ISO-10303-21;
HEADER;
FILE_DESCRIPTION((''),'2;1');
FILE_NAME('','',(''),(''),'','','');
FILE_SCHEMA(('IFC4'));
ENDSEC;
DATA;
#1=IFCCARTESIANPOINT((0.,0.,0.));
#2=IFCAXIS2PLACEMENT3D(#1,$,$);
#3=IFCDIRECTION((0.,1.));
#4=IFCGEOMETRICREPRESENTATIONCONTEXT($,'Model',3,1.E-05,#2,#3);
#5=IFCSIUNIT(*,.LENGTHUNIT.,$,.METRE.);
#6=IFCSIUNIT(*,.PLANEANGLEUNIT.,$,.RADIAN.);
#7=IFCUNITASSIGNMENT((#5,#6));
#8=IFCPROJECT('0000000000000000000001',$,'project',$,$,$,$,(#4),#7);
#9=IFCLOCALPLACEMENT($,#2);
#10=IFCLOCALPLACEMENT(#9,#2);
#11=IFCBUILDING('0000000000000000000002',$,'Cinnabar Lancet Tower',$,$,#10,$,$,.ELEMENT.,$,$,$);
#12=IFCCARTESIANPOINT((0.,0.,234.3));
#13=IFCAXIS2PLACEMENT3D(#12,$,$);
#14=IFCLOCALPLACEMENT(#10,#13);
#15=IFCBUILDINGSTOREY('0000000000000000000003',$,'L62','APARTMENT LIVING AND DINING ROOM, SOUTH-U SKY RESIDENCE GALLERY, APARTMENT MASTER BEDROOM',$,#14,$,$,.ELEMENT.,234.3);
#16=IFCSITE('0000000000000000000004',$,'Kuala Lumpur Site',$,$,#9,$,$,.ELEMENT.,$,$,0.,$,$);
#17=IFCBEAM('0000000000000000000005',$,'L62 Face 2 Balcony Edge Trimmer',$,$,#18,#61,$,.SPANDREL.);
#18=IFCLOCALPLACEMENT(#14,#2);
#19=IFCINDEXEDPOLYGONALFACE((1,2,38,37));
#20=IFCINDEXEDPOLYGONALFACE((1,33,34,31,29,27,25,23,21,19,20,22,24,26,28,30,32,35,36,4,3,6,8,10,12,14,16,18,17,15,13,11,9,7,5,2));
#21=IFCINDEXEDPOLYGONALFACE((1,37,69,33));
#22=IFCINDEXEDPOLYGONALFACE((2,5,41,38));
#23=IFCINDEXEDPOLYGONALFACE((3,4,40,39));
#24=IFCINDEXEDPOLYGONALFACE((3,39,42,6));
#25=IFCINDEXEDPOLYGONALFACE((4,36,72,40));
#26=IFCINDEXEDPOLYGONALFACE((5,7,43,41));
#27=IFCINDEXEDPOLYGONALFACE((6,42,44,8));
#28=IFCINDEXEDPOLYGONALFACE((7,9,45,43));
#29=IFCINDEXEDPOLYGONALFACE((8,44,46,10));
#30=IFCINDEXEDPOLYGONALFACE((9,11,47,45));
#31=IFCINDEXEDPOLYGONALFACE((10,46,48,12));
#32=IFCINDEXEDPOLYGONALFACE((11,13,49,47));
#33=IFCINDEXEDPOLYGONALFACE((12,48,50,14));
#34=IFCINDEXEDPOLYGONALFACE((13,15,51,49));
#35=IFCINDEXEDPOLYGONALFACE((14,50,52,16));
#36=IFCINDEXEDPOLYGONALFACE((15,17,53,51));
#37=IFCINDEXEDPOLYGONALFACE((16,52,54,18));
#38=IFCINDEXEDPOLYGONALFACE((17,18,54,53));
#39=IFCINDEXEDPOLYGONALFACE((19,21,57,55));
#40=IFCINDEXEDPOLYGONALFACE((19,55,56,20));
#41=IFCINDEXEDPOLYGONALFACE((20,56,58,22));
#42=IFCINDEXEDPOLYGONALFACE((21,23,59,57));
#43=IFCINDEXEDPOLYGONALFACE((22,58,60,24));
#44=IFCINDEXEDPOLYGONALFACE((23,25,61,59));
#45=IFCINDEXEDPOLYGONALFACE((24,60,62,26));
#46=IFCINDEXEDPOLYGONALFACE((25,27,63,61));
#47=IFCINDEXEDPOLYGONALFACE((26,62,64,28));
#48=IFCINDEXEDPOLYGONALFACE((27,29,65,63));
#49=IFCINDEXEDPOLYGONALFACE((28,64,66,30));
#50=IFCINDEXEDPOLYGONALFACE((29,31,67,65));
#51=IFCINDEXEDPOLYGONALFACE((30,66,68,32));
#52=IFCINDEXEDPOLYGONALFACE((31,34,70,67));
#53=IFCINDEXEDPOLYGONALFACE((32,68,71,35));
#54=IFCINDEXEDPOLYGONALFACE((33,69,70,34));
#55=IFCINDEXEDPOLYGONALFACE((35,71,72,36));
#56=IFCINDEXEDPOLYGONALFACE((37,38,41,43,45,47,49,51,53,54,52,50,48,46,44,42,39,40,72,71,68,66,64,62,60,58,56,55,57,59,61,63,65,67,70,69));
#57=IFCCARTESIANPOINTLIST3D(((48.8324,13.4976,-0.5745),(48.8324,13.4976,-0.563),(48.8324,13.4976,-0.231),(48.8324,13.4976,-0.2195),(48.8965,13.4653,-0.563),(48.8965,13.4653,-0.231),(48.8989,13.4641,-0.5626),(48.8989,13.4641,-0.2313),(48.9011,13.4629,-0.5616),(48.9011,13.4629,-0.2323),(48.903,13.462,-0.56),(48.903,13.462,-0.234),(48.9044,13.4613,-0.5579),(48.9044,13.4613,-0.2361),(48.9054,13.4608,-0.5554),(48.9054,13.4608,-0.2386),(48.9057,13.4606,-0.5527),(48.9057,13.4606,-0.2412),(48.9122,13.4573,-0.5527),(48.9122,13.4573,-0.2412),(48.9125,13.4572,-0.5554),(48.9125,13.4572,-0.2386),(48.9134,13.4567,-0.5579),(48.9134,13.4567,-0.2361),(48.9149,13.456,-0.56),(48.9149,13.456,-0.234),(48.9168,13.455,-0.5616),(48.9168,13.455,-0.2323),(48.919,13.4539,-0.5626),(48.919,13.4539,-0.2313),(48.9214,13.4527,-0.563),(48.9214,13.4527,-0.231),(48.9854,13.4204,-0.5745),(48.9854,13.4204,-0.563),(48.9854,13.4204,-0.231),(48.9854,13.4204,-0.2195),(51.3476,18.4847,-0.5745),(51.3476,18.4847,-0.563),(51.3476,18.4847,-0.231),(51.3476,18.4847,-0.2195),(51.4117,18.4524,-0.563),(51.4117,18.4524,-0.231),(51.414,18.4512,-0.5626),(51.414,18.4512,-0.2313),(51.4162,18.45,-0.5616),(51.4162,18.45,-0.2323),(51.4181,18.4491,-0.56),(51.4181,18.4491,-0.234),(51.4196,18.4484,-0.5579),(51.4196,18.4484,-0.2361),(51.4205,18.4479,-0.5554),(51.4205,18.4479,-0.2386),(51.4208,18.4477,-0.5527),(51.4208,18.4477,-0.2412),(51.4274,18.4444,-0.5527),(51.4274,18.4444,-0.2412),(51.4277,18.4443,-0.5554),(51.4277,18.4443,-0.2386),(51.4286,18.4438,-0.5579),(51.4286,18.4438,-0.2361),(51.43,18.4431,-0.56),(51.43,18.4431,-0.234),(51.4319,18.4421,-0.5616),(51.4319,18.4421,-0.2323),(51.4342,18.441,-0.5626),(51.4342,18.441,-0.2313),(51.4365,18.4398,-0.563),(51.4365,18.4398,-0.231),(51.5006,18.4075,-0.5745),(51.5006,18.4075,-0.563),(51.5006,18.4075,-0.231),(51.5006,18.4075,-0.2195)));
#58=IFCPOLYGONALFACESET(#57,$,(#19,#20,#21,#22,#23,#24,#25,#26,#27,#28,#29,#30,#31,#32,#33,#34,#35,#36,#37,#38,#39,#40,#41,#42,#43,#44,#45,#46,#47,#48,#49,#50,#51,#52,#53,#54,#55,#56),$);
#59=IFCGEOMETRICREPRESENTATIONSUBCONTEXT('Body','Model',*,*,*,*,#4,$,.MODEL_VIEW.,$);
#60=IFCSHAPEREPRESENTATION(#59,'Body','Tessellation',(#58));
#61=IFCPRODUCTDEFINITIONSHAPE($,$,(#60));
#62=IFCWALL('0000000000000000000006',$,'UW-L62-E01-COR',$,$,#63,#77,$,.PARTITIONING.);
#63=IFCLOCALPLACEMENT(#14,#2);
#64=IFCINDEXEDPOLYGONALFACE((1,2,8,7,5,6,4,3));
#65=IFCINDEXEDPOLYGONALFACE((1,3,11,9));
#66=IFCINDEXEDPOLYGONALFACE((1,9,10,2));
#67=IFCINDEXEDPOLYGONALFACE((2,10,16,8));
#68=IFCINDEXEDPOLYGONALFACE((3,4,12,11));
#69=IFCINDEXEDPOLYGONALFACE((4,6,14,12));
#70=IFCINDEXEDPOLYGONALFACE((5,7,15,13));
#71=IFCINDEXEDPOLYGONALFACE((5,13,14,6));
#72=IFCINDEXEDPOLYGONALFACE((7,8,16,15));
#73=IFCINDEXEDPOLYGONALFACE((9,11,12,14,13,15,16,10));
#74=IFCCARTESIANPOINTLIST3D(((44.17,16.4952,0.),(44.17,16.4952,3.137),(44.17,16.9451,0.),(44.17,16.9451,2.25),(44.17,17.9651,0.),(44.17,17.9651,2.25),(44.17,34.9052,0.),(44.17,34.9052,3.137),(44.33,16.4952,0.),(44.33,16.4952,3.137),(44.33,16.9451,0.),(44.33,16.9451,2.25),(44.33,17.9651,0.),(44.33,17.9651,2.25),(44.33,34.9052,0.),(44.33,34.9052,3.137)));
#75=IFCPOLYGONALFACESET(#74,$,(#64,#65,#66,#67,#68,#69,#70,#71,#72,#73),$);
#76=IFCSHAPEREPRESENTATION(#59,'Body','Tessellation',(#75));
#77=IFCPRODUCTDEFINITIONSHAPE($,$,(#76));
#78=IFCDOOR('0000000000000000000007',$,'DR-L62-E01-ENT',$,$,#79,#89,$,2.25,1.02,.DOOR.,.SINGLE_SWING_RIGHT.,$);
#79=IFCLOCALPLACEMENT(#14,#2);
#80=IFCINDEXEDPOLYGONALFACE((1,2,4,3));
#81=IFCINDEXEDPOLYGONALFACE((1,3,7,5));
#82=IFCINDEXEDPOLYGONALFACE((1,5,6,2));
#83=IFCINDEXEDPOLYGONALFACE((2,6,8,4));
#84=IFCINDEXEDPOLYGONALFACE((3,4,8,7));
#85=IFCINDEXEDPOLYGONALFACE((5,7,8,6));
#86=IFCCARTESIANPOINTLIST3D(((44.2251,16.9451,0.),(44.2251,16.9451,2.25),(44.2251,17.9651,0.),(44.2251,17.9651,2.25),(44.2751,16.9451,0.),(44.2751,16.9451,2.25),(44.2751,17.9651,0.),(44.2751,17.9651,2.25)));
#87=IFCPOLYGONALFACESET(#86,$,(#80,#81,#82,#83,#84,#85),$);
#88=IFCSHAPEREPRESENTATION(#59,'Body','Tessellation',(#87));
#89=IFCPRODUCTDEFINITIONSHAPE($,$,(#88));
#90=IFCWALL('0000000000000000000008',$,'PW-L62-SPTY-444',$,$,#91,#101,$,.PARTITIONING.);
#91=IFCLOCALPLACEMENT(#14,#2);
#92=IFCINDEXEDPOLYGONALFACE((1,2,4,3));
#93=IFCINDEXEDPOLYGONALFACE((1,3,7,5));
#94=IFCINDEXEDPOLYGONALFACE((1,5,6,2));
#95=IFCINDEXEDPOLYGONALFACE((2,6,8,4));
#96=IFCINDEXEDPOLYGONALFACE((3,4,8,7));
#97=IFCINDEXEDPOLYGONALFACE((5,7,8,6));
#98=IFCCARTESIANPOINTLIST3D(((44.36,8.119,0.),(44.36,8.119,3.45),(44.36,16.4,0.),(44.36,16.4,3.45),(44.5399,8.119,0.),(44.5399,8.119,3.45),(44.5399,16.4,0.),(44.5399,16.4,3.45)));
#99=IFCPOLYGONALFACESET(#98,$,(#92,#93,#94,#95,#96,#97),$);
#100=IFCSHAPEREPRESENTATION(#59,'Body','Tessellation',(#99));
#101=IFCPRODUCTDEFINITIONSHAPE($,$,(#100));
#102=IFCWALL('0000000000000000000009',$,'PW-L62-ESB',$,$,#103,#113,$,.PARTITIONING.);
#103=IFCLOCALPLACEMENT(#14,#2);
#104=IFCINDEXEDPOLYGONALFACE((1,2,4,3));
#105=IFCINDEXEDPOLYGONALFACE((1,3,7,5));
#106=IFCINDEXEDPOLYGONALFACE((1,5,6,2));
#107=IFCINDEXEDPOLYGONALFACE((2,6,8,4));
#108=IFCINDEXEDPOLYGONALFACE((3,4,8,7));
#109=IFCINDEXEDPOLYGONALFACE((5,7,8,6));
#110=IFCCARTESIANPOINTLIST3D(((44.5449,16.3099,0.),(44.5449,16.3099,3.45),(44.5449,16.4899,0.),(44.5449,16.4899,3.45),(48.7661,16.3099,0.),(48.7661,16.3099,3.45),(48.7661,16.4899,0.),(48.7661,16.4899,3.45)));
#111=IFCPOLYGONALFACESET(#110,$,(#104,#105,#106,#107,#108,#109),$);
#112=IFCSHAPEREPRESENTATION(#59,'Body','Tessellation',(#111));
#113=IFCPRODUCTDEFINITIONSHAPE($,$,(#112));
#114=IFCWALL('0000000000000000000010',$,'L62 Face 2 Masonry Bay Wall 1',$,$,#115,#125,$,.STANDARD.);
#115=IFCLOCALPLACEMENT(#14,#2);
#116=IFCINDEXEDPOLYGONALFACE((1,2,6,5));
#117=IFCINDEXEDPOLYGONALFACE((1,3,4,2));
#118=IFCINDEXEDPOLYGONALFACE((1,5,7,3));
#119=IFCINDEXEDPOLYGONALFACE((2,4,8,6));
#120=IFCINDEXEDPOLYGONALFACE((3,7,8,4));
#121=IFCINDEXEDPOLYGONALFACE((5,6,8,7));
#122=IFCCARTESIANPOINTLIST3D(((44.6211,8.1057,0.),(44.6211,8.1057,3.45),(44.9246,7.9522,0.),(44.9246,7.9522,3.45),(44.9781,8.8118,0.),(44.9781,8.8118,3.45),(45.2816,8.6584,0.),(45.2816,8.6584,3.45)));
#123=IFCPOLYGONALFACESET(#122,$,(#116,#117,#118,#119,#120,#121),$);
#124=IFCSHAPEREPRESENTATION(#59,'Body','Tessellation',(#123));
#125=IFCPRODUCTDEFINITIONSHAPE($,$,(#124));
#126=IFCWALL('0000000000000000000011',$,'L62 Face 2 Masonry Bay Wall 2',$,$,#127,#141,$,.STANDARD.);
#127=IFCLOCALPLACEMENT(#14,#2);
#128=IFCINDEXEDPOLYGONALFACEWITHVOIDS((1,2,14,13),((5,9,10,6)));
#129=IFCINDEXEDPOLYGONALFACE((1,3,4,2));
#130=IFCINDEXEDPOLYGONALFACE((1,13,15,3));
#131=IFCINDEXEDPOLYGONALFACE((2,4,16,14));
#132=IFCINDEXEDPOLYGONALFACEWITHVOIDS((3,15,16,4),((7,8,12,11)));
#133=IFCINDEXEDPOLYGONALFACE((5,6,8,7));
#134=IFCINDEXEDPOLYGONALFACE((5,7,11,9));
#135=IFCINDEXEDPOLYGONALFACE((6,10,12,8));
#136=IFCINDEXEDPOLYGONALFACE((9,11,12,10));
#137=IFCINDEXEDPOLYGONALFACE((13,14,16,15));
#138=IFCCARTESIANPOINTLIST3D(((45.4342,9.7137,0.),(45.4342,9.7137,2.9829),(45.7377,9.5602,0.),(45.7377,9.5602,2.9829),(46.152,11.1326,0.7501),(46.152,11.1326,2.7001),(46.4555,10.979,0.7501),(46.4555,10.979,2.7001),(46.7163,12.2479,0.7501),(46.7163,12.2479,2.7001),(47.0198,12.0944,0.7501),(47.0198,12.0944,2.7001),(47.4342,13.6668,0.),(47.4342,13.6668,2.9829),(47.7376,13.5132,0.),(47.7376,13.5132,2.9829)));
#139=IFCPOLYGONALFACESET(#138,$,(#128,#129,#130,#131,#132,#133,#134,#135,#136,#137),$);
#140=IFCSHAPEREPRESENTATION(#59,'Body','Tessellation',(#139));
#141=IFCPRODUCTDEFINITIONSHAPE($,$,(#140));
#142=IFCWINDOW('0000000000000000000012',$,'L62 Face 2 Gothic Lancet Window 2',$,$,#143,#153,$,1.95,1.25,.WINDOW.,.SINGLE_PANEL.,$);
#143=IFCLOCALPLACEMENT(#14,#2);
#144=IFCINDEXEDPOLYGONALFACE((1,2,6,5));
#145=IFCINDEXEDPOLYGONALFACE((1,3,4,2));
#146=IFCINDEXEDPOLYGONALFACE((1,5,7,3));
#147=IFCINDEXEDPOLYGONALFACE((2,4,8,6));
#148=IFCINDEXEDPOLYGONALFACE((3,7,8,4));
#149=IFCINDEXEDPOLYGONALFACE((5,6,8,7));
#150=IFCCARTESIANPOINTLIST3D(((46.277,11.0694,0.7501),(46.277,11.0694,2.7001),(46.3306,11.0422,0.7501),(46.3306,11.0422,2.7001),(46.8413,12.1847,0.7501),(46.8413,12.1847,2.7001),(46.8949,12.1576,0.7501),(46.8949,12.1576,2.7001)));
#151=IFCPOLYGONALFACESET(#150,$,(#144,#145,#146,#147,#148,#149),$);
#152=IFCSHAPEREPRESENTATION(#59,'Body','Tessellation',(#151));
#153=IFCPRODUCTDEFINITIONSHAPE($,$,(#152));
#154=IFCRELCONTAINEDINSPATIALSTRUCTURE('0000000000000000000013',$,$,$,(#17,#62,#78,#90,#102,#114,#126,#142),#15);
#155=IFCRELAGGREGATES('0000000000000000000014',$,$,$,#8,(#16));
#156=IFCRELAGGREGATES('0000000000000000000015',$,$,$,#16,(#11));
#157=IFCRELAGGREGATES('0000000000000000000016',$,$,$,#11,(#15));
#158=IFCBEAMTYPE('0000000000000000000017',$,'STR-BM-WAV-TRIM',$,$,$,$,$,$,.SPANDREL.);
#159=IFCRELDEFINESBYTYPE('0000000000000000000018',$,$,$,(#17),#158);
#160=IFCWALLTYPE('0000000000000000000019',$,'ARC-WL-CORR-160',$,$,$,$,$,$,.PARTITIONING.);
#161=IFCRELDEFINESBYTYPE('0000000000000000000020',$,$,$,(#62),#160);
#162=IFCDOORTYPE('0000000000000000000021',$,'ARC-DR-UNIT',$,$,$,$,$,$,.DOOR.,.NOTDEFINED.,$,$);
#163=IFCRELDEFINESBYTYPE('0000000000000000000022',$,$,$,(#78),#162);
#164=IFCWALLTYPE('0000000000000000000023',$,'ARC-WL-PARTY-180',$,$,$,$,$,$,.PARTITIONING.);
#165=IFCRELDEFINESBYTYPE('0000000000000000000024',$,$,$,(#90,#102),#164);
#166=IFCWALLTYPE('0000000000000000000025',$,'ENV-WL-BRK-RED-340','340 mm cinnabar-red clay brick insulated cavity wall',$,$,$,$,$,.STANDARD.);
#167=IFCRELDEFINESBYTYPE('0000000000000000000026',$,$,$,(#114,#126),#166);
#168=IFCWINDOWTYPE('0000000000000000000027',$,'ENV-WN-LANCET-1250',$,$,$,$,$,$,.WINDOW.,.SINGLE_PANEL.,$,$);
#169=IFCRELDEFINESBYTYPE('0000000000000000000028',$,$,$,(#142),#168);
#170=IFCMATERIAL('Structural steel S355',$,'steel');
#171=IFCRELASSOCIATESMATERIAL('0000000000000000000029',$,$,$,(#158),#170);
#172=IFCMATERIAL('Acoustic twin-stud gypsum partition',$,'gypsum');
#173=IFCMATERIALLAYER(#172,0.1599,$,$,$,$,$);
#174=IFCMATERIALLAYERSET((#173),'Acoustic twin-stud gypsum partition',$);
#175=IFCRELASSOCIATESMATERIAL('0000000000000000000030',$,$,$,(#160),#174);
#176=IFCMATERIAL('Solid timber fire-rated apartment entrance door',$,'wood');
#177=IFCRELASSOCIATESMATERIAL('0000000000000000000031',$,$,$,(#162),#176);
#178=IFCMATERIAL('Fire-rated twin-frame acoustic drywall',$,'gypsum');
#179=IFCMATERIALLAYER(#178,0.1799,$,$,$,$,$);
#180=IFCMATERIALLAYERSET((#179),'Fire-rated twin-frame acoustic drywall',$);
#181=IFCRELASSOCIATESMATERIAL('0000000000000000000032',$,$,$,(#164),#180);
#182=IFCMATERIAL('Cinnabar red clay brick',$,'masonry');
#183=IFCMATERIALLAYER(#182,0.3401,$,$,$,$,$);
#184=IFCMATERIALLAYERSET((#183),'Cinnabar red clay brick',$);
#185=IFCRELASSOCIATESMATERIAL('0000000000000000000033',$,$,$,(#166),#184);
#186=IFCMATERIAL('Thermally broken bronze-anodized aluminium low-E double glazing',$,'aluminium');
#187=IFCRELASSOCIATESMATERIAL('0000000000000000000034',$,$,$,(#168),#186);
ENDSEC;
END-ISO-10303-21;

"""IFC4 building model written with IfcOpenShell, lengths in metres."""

from ifc_helpers import new_model, si_unit, direction, frame, frame_2d, origin, origin_2d, place, context, subcontext, project, spatial, rectangle, i_section, extrude, material, layer, layer_set, material_profile, profile_set, type_object, element, fill, save


model = new_model("IFC4")

# Units and contexts
model_context = context("Model", 3, precision=1e-05, world=origin(), true_north=direction((0.0, 1.0)))
body_context = subcontext(model_context, "Body", "Model", "MODEL_VIEW")
ifc_project = project(units=[si_unit("LENGTHUNIT", "METRE"), si_unit("PLANEANGLEUNIT", "RADIAN")], contexts=[model_context])

# Site, building, storey
site_placement = place(None, origin())
site = spatial("IfcSite", under=ifc_project, at=site_placement, Name="Kuala Lumpur Site", CompositionType="ELEMENT", RefElevation=0.0)
building_placement = place(site_placement, origin())
building = spatial("IfcBuilding", under=site, at=building_placement, Name="Cinnabar Lancet Tower", CompositionType="ELEMENT")
storey_placement = place(building_placement, frame((0.0, 0.0, 234.3)))
storey = spatial("IfcBuildingStorey", under=building, at=storey_placement, Name="L62", Description="APARTMENT LIVING AND DINING ROOM, SOUTH-U SKY RESIDENCE GALLERY, APARTMENT MASTER BEDROOM", CompositionType="ELEMENT", Elevation=234.3)

# Beam
ifc_material_1 = material(Name="Structural steel S355", Category="steel")
ifc_material_profile_1 = material_profile(ifc_material_1, i_section(OverallWidth=0.1714, OverallDepth=0.355, WebThickness=0.0073, FlangeThickness=0.0115, FilletRadius=0.0103, at=origin_2d()), Name="UKB 356x171x51")
ifc_profile_set_1 = profile_set([ifc_material_profile_1], Name="Structural steel S355")
beam_type_1 = type_object("IfcBeamType", Name="STR-BM-WAV-TRIM", PredefinedType="SPANDREL", material=ifc_profile_set_1)
beam_1_placement = place(storey_placement, frame((48.9089, 13.459, -0.397), z_axis=(0.450306, 0.892874, 0.0), x_axis=(-0.892874, 0.450306, 0.0)))
element("IfcBeam", 1, at=beam_1_placement, inside=storey, type_object=beam_type_1, Name="L62 Face 2 Balcony Edge Trimmer", PredefinedType="SPANDREL", context=body_context, shape_type="SweptSolid", body=[
    extrude(i_section(OverallWidth=0.1714, OverallDepth=0.355, WebThickness=0.0073, FlangeThickness=0.0115, FilletRadius=0.0103, at=origin_2d()), origin(), (0.0, 0.0, 1.0), 5.5854),
])

# Wall, opening, door
ifc_material_2 = material(Name="Acoustic twin-stud gypsum partition", Category="gypsum")
ifc_layer_1 = layer(ifc_material_2, 0.1599)
ifc_layer_set_1 = layer_set([ifc_layer_1], Name="Acoustic twin-stud gypsum partition")
wall_type_1 = type_object("IfcWallType", Name="ARC-WL-CORR-160", PredefinedType="PARTITIONING", material=ifc_layer_set_1)
wall_1_placement = place(storey_placement, frame((44.25, 16.4951, 0.0), z_axis=(0.0, 0.0, 1.0), x_axis=(0.0, 1.0, 0.0)))
wall_1 = element("IfcWall", 2, at=wall_1_placement, inside=storey, type_object=wall_type_1, Name="UW-L62-E01-COR", PredefinedType="PARTITIONING", context=body_context, shape_type="SweptSolid", body=[
    extrude(rectangle(XDim=18.4099, YDim=0.1599, at=frame_2d((9.2051, 0.0))), origin(), (0.0, 0.0, 1.0), 3.137),
])
opening_1_placement = place(wall_1_placement, frame((0.45, 0.0, 0.0)))
opening_1 = element("IfcOpeningElement", 3, at=opening_1_placement, cuts=wall_1, PredefinedType="OPENING", context=body_context, shape_type="SweptSolid", body=[
    extrude(rectangle(XDim=1.02, YDim=2.25, at=frame_2d((0.51, 1.125))), frame((0.0, 0.0898, 0.0), z_axis=(0.0, -1.0, 0.0), x_axis=(1.0, 0.0, 0.0)), (0.0, 0.0, 1.0), 0.1799),
])
ifc_material_3 = material(Name="Solid timber fire-rated apartment entrance door", Category="wood")
door_type_1 = type_object("IfcDoorType", Name="ARC-DR-UNIT", OperationType="NOTDEFINED", PredefinedType="DOOR", material=ifc_material_3)
door_1_placement = place(opening_1_placement, origin())
door_1 = element("IfcDoor", 4, at=door_1_placement, inside=storey, type_object=door_type_1, Name="DR-L62-E01-ENT", OperationType="SINGLE_SWING_RIGHT", OverallHeight=2.25, OverallWidth=1.02, PredefinedType="DOOR", context=body_context, shape_type="SweptSolid", body=[
    extrude(rectangle(XDim=1.02, YDim=2.25, at=frame_2d((0.51, 1.125))), frame((0.0, 0.0249, 0.0), z_axis=(0.0, -1.0, 0.0), x_axis=(1.0, 0.0, 0.0)), (0.0, 0.0, 1.0), 0.05),
])
fill(opening_1, door_1)

# Walls
ifc_material_4 = material(Name="Fire-rated twin-frame acoustic drywall", Category="gypsum")
ifc_layer_2 = layer(ifc_material_4, 0.1799)
ifc_layer_set_2 = layer_set([ifc_layer_2], Name="Fire-rated twin-frame acoustic drywall")
wall_type_2 = type_object("IfcWallType", Name="ARC-WL-PARTY-180", PredefinedType="PARTITIONING", material=ifc_layer_set_2)
wall_2_placement = place(storey_placement, frame((44.45, 8.1189, 0.0), z_axis=(0.0, 0.0, 1.0), x_axis=(0.0, 1.0, 0.0)))
element("IfcWall", 5, at=wall_2_placement, inside=storey, type_object=wall_type_2, Name="PW-L62-SPTY-444", PredefinedType="PARTITIONING", context=body_context, shape_type="SweptSolid", body=[
    extrude(rectangle(XDim=8.281, YDim=0.1799, at=frame_2d((4.1406, 0.0))), origin(), (0.0, 0.0, 1.0), 3.45),
])
wall_3_placement = place(storey_placement, frame((44.5449, 16.3999, 0.0), z_axis=(0.0, 0.0, 1.0), x_axis=(1.0, 0.0, 0.0)))
element("IfcWall", 6, at=wall_3_placement, inside=storey, type_object=wall_type_2, Name="PW-L62-ESB", PredefinedType="PARTITIONING", context=body_context, shape_type="SweptSolid", body=[
    extrude(rectangle(XDim=4.2212, YDim=0.1799, at=frame_2d((2.1106, 0.0))), origin(), (0.0, 0.0, 1.0), 3.45),
])
ifc_material_5 = material(Name="Cinnabar red clay brick", Category="masonry")
ifc_layer_3 = layer(ifc_material_5, 0.3401)
ifc_layer_set_3 = layer_set([ifc_layer_3], Name="Cinnabar red clay brick")
wall_type_3 = type_object("IfcWallType", Name="ENV-WL-BRK-RED-340", Description="340 mm cinnabar-red clay brick insulated cavity wall", PredefinedType="STANDARD", material=ifc_layer_set_3)
wall_4_placement = place(storey_placement, frame((44.7729, 8.0291, 0.0), z_axis=(0.0, 0.0, 1.0), x_axis=(0.451159, 0.892443, 0.0)))
element("IfcWall", 7, at=wall_4_placement, inside=storey, type_object=wall_type_3, Name="L62 Face 2 Masonry Bay Wall 1", PredefinedType="STANDARD", context=body_context, shape_type="SweptSolid", body=[
    extrude(rectangle(XDim=0.7913, YDim=0.3401, at=frame_2d((0.3955, 0.0))), origin(), (0.0, 0.0, 1.0), 3.45),
])

# Wall, opening, window
wall_5_placement = place(storey_placement, frame((45.5859, 9.637, 0.0), z_axis=(0.0, 0.0, 1.0), x_axis=(0.451441, 0.892301, 0.0)))
wall_5 = element("IfcWall", 8, at=wall_5_placement, inside=storey, type_object=wall_type_3, Name="L62 Face 2 Masonry Bay Wall 2", PredefinedType="STANDARD", context=body_context, shape_type="SweptSolid", body=[
    extrude(rectangle(XDim=4.4302, YDim=0.3401, at=frame_2d((2.2151, 0.0))), origin(), (0.0, 0.0, 1.0), 2.9829),
])
opening_2_placement = place(wall_5_placement, frame((1.5901, 0.0, 0.75)))
opening_2 = element("IfcOpeningElement", 9, at=opening_2_placement, cuts=wall_5, PredefinedType="OPENING", context=body_context, shape_type="SweptSolid", body=[
    extrude(rectangle(XDim=1.25, YDim=1.95, at=frame_2d((0.625, 0.9751))), frame((0.0, 0.1799, 0.0), z_axis=(0.0, -1.0, 0.0), x_axis=(1.0, 0.0, 0.0)), (0.0, 0.0, 1.0), 0.3601),
])
ifc_material_6 = material(Name="Thermally broken bronze-anodized aluminium low-E double glazing", Category="aluminium")
window_type_1 = type_object("IfcWindowType", Name="ENV-WN-LANCET-1250", PartitioningType="SINGLE_PANEL", PredefinedType="WINDOW", material=ifc_material_6)
window_1_placement = place(opening_2_placement, origin())
window_1 = element("IfcWindow", 10, at=window_1_placement, inside=storey, type_object=window_type_1, Name="L62 Face 2 Gothic Lancet Window 2", OverallHeight=1.95, OverallWidth=1.25, PartitioningType="SINGLE_PANEL", PredefinedType="WINDOW", context=body_context, shape_type="SweptSolid", body=[
    extrude(rectangle(XDim=1.25, YDim=1.95, at=frame_2d((0.625, 0.9751))), frame((0.0, 0.03, 0.0), z_axis=(0.0, -1.0, 0.0), x_axis=(1.0, 0.0, 0.0)), (0.0, 0.0, 1.0), 0.0601),
])
fill(opening_2, window_1)

save(model, "model.ifc")
